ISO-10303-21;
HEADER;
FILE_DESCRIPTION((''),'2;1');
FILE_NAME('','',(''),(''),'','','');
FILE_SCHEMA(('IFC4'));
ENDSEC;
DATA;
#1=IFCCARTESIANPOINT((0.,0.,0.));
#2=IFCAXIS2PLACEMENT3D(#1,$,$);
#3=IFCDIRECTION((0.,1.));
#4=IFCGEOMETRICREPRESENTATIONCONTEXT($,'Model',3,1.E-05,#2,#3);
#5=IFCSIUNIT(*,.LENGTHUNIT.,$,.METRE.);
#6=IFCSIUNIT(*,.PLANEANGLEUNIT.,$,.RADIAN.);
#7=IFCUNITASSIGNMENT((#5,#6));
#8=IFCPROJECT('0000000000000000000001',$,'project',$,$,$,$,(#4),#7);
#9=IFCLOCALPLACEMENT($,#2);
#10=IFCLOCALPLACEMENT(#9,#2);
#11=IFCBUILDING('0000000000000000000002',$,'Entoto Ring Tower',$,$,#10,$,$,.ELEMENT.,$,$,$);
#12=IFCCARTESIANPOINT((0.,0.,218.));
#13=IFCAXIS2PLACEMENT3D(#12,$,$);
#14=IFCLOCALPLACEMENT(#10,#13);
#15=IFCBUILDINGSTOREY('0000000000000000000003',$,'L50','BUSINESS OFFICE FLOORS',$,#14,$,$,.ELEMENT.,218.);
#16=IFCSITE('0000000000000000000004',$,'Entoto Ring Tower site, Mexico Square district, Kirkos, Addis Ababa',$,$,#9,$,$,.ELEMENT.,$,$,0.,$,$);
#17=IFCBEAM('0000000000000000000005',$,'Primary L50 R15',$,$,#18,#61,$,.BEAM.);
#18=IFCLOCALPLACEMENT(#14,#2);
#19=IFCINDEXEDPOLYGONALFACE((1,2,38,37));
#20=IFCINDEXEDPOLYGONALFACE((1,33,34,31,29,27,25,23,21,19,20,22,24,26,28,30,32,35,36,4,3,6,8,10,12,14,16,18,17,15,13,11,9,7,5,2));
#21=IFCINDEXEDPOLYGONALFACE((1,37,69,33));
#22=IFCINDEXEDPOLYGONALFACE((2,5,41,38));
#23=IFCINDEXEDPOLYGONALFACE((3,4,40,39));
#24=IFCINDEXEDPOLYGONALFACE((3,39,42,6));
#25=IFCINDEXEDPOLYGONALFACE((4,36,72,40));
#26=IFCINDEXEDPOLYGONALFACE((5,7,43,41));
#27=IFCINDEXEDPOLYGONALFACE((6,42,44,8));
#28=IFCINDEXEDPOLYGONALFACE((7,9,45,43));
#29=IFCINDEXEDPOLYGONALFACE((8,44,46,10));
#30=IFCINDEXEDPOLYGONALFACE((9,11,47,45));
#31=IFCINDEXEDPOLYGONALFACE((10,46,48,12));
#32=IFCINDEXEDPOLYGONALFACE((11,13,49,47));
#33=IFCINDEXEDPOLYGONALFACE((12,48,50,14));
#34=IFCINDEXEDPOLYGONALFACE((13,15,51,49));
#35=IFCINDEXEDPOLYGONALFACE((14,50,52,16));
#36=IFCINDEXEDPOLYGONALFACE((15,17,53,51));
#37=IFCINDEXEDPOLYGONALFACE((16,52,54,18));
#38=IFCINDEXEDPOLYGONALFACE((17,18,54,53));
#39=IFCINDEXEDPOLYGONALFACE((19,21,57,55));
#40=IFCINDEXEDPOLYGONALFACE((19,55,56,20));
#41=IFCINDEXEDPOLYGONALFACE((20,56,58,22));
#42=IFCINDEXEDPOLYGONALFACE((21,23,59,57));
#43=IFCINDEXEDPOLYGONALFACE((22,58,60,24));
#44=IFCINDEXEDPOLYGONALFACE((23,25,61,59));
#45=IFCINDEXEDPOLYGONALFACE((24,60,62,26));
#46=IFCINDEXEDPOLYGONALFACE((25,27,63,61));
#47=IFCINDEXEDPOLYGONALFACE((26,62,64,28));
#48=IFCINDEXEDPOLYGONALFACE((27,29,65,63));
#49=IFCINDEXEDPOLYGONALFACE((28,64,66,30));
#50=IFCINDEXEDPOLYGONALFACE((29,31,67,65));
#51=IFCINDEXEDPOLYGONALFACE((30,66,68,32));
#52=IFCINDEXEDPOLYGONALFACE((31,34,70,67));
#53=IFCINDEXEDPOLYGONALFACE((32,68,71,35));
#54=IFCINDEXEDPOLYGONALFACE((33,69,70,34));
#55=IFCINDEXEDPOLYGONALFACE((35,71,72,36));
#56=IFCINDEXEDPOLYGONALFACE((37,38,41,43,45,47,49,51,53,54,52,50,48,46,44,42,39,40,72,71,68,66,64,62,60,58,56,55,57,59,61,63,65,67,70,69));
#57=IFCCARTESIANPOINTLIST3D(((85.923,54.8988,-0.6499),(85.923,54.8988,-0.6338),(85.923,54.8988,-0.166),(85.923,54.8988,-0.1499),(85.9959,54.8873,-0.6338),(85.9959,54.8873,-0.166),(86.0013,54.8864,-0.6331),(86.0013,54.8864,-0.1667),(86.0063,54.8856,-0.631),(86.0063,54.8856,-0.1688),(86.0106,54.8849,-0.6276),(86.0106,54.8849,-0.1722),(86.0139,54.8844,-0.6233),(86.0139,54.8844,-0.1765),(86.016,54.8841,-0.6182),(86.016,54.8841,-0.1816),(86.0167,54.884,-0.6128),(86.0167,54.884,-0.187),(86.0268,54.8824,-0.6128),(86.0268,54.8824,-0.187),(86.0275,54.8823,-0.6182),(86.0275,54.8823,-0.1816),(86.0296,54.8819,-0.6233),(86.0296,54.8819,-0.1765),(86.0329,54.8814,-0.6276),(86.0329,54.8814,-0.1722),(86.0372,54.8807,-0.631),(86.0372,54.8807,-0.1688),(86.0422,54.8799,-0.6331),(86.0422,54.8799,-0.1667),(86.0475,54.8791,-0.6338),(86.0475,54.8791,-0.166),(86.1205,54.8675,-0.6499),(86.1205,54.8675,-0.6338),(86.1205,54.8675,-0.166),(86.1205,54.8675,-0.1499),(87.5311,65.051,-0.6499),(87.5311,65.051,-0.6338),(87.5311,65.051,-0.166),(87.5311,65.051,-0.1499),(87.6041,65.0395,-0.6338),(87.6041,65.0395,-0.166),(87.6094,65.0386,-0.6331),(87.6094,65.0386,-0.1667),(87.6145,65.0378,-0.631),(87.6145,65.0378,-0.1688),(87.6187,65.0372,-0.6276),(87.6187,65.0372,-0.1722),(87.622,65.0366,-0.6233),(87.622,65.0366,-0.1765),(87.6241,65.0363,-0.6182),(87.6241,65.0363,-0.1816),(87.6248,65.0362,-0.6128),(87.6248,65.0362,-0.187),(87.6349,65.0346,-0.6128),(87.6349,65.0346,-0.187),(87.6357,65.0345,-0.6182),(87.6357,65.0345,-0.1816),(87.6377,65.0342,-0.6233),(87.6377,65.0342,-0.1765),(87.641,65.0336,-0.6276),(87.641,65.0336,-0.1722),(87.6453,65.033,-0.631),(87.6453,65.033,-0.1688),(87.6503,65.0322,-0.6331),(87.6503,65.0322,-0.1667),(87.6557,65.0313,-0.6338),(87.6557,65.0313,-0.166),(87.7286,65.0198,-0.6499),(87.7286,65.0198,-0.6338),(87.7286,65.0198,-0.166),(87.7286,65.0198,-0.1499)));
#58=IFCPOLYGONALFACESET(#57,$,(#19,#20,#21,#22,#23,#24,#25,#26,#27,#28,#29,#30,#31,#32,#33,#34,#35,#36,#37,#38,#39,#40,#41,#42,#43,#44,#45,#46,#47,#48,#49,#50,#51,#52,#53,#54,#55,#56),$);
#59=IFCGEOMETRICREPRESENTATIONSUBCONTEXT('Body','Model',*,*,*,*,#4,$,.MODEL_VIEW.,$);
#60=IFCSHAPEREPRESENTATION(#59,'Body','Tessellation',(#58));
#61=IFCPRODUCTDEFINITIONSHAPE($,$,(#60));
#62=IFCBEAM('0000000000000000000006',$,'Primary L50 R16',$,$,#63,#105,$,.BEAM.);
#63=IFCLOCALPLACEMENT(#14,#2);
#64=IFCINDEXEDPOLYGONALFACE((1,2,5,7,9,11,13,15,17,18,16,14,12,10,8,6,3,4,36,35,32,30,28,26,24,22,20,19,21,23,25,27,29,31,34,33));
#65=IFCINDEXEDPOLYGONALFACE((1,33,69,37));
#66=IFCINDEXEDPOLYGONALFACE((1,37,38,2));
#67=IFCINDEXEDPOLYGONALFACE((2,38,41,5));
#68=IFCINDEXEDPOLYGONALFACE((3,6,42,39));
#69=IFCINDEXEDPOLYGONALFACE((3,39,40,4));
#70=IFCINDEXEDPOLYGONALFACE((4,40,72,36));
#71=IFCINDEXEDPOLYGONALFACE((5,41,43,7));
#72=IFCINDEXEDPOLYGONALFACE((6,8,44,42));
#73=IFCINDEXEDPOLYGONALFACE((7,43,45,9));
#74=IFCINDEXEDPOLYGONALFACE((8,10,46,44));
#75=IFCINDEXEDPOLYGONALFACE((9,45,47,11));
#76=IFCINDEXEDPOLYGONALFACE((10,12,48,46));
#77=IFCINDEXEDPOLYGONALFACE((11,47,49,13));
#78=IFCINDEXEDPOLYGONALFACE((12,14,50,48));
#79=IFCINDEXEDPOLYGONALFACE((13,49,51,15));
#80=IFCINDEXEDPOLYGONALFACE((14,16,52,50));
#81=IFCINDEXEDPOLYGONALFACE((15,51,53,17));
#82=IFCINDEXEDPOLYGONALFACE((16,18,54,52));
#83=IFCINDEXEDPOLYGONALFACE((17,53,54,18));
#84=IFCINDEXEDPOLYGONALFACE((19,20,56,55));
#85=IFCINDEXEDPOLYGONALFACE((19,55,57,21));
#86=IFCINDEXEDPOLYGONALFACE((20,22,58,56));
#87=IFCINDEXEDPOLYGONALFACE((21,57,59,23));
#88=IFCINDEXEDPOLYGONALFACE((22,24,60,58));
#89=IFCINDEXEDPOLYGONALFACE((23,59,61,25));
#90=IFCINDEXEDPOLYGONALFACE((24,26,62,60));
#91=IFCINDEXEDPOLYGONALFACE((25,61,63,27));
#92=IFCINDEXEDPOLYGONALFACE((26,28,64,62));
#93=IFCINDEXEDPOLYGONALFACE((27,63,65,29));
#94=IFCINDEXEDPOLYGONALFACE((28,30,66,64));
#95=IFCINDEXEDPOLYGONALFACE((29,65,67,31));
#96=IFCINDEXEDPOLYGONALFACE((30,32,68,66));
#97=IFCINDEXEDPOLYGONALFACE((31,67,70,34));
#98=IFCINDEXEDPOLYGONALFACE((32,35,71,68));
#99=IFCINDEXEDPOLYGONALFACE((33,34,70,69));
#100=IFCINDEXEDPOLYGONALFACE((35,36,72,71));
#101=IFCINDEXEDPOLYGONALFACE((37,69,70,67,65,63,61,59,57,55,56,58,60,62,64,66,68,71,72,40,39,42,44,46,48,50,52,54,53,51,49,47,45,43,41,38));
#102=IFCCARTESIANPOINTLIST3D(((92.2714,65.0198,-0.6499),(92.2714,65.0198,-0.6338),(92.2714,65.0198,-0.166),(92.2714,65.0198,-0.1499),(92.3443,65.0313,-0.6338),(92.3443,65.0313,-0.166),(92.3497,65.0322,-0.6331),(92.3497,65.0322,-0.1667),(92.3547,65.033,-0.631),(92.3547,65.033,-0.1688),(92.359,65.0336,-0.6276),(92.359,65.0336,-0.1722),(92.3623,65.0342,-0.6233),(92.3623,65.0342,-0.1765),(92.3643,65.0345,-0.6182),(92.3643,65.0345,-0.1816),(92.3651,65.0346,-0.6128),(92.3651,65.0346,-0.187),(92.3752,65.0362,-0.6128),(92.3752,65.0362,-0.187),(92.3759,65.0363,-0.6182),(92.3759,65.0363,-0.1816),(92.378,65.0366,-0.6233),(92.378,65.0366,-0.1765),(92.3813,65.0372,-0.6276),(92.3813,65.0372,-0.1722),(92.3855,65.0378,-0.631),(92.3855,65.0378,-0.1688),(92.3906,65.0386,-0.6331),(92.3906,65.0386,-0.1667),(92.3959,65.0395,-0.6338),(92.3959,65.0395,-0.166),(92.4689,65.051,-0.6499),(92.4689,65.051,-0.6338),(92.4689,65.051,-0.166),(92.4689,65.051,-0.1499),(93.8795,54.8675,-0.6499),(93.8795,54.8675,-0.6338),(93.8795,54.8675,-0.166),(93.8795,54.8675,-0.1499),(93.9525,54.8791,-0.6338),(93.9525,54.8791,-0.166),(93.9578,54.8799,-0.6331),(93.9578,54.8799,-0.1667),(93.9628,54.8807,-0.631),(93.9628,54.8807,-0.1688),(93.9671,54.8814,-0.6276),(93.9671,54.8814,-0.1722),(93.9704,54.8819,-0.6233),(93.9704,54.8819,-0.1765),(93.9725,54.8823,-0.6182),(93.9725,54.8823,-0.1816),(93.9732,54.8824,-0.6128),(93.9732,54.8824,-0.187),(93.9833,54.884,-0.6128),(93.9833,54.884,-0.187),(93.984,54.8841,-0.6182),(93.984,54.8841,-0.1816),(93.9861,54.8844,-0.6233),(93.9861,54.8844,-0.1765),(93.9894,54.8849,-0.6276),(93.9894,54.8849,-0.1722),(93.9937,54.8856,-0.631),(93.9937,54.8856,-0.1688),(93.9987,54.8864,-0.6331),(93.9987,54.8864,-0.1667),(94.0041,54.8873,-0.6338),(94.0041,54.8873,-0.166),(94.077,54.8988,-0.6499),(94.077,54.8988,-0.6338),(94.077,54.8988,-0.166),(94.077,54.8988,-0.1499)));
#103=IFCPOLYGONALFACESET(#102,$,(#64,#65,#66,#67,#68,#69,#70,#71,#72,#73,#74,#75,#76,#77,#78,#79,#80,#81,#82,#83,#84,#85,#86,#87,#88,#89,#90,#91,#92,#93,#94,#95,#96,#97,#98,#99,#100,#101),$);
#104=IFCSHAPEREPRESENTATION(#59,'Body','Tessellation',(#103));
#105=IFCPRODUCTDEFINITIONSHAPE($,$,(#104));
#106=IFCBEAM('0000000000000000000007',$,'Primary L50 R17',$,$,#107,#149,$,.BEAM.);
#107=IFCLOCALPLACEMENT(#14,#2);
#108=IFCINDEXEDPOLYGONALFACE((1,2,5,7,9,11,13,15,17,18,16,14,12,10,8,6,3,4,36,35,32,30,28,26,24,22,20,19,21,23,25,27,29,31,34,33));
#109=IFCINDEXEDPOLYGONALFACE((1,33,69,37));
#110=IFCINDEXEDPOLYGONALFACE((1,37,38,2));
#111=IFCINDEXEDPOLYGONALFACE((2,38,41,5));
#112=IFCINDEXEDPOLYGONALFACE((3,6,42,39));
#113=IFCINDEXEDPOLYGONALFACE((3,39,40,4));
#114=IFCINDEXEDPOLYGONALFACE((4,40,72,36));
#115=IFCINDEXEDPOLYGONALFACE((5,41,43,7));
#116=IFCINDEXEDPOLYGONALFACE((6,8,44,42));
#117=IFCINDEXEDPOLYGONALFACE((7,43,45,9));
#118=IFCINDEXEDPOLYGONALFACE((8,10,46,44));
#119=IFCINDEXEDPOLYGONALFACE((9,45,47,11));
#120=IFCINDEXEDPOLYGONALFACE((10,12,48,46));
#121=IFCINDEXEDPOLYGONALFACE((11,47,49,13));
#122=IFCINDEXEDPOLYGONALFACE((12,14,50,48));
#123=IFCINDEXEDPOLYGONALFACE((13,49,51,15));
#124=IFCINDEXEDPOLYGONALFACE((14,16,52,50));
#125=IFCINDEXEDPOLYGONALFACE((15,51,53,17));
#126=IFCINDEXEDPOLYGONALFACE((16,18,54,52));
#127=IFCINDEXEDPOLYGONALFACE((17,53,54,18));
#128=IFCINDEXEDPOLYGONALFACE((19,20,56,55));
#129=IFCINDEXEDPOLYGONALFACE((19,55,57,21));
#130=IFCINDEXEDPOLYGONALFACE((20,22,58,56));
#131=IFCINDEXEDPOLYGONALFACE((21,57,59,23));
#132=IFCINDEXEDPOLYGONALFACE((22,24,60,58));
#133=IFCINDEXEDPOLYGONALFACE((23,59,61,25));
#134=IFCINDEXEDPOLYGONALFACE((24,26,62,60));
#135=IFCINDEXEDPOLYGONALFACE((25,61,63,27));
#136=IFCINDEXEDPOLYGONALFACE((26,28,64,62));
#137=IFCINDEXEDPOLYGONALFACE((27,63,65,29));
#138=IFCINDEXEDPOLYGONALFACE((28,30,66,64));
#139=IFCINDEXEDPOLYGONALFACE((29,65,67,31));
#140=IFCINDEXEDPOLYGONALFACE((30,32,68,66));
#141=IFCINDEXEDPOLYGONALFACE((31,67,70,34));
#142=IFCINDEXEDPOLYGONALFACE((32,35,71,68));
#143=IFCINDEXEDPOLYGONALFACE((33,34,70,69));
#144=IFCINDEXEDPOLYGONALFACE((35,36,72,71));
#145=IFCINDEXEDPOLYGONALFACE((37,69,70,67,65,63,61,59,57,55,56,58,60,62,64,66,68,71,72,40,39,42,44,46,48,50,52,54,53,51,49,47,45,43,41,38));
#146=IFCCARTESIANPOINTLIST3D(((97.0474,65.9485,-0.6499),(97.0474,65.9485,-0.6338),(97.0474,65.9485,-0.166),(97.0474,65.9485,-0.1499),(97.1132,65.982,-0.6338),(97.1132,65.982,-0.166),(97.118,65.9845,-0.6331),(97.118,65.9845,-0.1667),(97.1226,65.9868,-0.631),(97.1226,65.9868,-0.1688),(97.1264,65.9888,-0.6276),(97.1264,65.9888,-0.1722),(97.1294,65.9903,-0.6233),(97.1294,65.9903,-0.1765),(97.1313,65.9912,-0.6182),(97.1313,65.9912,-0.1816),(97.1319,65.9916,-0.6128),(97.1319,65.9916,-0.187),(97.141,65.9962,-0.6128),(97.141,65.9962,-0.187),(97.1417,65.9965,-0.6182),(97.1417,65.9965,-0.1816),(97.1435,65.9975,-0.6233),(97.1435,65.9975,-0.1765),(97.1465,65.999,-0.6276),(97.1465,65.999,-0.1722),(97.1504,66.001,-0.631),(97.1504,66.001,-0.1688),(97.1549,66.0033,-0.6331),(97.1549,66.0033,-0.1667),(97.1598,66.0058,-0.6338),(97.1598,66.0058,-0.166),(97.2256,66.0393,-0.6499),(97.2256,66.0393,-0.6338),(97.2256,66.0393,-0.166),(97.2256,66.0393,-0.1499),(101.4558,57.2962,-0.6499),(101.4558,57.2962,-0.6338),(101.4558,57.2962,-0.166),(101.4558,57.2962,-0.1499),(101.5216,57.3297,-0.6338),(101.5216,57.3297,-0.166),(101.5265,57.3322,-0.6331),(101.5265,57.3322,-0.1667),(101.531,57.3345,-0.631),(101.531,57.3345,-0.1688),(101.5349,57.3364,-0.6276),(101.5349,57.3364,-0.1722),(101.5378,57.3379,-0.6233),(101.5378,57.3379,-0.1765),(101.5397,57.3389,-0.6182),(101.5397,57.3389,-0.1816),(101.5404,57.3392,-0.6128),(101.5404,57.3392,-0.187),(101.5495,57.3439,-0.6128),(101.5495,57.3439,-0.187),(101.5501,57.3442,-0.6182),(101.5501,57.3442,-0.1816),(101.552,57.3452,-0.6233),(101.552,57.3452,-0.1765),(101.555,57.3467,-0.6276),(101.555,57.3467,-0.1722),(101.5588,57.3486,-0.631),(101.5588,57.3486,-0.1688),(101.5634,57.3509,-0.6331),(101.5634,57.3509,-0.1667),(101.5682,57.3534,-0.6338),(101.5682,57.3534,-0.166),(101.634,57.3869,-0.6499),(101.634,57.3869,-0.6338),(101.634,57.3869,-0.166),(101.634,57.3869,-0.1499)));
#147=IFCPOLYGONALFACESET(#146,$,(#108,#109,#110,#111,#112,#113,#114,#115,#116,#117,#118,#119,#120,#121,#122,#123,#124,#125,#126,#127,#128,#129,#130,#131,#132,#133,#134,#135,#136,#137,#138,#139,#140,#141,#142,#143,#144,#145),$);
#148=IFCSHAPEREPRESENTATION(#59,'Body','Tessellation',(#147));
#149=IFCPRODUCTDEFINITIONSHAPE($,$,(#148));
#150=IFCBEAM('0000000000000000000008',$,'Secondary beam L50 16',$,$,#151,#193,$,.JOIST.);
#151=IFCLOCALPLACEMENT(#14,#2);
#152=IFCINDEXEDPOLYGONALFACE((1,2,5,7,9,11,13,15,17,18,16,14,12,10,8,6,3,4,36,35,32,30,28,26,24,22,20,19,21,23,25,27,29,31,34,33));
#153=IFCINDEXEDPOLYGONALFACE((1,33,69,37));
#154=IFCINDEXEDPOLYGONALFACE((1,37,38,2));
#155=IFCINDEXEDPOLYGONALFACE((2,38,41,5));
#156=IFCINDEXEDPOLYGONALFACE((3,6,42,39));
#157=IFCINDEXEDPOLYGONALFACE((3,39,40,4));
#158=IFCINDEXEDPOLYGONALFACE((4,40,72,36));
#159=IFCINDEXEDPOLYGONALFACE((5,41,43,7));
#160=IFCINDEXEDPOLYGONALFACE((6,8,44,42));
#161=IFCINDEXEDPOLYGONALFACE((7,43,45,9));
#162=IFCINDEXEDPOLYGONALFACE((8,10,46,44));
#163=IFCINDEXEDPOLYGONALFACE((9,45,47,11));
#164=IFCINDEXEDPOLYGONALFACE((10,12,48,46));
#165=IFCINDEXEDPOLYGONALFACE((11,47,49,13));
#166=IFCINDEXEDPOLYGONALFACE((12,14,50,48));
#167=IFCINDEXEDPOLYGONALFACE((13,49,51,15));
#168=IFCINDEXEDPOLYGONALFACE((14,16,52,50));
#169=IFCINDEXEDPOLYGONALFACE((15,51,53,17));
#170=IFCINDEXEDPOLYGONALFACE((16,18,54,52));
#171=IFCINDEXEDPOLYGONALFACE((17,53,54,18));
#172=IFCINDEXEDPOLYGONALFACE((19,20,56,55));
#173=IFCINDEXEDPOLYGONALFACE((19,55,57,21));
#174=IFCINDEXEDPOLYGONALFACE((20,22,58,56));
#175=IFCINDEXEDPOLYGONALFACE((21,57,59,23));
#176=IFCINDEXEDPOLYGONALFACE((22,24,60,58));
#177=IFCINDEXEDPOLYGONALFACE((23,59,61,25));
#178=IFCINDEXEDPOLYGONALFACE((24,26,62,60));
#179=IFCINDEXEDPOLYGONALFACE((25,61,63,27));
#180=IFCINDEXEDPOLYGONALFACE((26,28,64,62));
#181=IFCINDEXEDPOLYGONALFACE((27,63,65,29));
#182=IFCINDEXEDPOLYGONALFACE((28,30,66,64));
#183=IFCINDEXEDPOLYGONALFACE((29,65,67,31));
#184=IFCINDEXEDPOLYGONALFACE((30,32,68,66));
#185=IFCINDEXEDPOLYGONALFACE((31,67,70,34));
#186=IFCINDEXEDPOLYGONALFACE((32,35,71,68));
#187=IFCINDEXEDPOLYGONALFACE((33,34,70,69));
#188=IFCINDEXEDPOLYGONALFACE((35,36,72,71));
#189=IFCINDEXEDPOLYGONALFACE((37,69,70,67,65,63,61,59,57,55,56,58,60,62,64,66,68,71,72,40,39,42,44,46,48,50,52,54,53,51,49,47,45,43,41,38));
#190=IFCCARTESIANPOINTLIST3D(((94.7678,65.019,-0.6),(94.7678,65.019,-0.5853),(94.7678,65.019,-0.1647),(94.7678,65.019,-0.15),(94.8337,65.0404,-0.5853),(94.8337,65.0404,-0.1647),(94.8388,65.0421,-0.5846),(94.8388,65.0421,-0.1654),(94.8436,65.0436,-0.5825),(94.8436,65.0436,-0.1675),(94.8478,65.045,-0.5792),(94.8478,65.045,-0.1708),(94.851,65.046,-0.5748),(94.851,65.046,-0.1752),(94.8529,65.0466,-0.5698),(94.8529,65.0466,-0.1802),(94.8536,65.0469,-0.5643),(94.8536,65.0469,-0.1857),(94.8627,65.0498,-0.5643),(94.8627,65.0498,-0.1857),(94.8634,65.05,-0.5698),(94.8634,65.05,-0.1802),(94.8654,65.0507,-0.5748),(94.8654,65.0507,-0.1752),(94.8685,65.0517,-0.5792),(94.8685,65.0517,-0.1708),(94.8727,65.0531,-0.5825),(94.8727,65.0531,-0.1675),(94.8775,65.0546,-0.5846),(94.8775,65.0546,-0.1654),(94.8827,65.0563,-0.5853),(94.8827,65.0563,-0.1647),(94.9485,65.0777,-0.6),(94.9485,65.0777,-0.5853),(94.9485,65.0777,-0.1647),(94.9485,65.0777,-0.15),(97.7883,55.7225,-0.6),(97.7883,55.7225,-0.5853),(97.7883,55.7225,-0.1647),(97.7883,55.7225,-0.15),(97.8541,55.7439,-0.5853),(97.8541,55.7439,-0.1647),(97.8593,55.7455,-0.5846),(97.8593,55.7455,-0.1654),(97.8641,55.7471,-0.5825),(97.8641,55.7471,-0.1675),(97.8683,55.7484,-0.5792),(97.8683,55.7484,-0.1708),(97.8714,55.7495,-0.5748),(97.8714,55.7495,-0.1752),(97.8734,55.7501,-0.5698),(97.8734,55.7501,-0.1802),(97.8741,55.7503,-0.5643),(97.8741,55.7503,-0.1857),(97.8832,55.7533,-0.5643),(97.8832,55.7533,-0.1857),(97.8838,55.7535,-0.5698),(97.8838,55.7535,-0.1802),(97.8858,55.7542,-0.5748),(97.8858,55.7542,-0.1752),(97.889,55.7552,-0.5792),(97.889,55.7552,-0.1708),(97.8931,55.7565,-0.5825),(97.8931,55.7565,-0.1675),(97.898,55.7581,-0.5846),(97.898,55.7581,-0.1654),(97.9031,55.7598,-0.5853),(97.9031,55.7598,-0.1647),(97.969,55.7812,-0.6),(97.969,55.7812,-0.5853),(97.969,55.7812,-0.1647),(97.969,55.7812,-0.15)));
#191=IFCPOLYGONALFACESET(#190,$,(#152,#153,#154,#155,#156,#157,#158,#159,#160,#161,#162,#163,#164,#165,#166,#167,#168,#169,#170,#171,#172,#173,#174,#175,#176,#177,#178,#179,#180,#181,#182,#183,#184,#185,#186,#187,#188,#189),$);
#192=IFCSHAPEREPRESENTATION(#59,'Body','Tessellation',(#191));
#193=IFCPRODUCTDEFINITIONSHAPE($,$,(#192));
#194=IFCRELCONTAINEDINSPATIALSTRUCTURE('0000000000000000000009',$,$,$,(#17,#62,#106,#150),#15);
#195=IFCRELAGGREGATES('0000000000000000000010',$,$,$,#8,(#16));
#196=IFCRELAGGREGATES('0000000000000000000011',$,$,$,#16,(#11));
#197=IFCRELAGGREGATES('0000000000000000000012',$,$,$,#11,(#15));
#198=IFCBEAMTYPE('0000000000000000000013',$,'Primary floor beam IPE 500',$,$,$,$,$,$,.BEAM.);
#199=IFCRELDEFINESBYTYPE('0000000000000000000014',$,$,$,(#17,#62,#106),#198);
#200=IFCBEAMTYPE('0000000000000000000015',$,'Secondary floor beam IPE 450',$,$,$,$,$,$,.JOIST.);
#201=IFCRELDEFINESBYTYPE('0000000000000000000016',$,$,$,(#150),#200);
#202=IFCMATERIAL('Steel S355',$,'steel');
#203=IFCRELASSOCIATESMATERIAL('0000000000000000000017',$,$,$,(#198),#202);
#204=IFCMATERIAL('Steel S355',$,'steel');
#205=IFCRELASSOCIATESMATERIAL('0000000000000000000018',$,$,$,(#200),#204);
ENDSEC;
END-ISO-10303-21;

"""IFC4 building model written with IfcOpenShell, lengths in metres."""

from ifc_helpers import new_model, si_unit, direction, frame, origin, origin_2d, place, context, subcontext, project, spatial, i_section, extrude, material, material_profile, profile_set, type_object, element, save


model = new_model("IFC4")

# Units and contexts
model_context = context("Model", 3, precision=1e-05, world=origin(), true_north=direction((0.0, 1.0)))
body_context = subcontext(model_context, "Body", "Model", "MODEL_VIEW")
ifc_project = project(units=[si_unit("LENGTHUNIT", "METRE"), si_unit("PLANEANGLEUNIT", "RADIAN")], contexts=[model_context])

# Site, building, storey
site_placement = place(None, origin())
site = spatial("IfcSite", under=ifc_project, at=site_placement, Name="Entoto Ring Tower site, Mexico Square district, Kirkos, Addis Ababa", CompositionType="ELEMENT", RefElevation=0.0)
building_placement = place(site_placement, origin())
building = spatial("IfcBuilding", under=site, at=building_placement, Name="Entoto Ring Tower", CompositionType="ELEMENT")
storey_placement = place(building_placement, frame((0.0, 0.0, 218.0)))
storey = spatial("IfcBuildingStorey", under=building, at=storey_placement, Name="L50", Description="BUSINESS OFFICE FLOORS", CompositionType="ELEMENT", Elevation=218.0)

# Beams
ifc_material_1 = material(Name="Steel S355", Category="steel")
ifc_material_profile_1 = material_profile(ifc_material_1, i_section(OverallWidth=0.2, OverallDepth=0.5, WebThickness=0.0103, FlangeThickness=0.0161, FilletRadius=0.021, at=origin_2d()), Name="IPE 500")
ifc_profile_set_1 = profile_set([ifc_material_profile_1], Name="Steel S355")
beam_type_1 = type_object("IfcBeamType", Name="Primary floor beam IPE 500", PredefinedType="BEAM", material=ifc_profile_set_1)
for number, where, z_axis, x_axis, name in (
    (1, (87.6299, 65.0354, -0.3999), (-0.156452, -0.987686, 0.0), (0.987686, -0.156452, 0.0), "Primary L50 R15"),
    (2, (92.3701, 65.0354, -0.3999), (0.156452, -0.987686, 0.0), (0.987686, 0.156452, 0.0), "Primary L50 R16"),
):
    element("IfcBeam", number, at=place(storey_placement, frame(where, z_axis=z_axis, x_axis=x_axis)), inside=storey, type_object=beam_type_1, Name=name, PredefinedType="BEAM", context=body_context, shape_type="SweptSolid", body=[
        extrude(i_section(OverallWidth=0.2, OverallDepth=0.5, WebThickness=0.0103, FlangeThickness=0.0161, FilletRadius=0.021, at=origin_2d()), origin(), (0.0, 0.0, 1.0), 10.2788),
    ])
beam_1_placement = place(storey_placement, frame((97.1365, 65.9939, -0.3999), z_axis=(0.453979, -0.891012, 0.0), x_axis=(0.891012, 0.453979, 0.0)))
element("IfcBeam", 3, at=beam_1_placement, inside=storey, type_object=beam_type_1, Name="Primary L50 R17", PredefinedType="BEAM", context=body_context, shape_type="SweptSolid", body=[
    extrude(i_section(OverallWidth=0.2, OverallDepth=0.5, WebThickness=0.0103, FlangeThickness=0.0161, FilletRadius=0.021, at=origin_2d()), origin(), (0.0, 0.0, 1.0), 9.7107),
])
ifc_material_2 = material(Name="Steel S355", Category="steel")
ifc_material_profile_2 = material_profile(ifc_material_2, i_section(OverallWidth=0.1899, OverallDepth=0.45, WebThickness=0.0095, FlangeThickness=0.0146, FilletRadius=0.021, at=origin_2d()), Name="IPE 450")
ifc_profile_set_2 = profile_set([ifc_material_profile_2], Name="Steel S355")
beam_type_2 = type_object("IfcBeamType", Name="Secondary floor beam IPE 450", PredefinedType="JOIST", material=ifc_profile_set_2)
beam_2_placement = place(storey_placement, frame((94.8582, 65.0483, -0.375), z_axis=(0.309003, -0.951061, 0.0), x_axis=(0.951061, 0.309003, 0.0)))
element("IfcBeam", 4, at=beam_2_placement, inside=storey, type_object=beam_type_2, Name="Secondary beam L50 16", PredefinedType="JOIST", context=body_context, shape_type="SweptSolid", body=[
    extrude(i_section(OverallWidth=0.1899, OverallDepth=0.45, WebThickness=0.0095, FlangeThickness=0.0146, FilletRadius=0.021, at=origin_2d()), origin(), (0.0, 0.0, 1.0), 9.7749),
])

save(model, "model.ifc")
